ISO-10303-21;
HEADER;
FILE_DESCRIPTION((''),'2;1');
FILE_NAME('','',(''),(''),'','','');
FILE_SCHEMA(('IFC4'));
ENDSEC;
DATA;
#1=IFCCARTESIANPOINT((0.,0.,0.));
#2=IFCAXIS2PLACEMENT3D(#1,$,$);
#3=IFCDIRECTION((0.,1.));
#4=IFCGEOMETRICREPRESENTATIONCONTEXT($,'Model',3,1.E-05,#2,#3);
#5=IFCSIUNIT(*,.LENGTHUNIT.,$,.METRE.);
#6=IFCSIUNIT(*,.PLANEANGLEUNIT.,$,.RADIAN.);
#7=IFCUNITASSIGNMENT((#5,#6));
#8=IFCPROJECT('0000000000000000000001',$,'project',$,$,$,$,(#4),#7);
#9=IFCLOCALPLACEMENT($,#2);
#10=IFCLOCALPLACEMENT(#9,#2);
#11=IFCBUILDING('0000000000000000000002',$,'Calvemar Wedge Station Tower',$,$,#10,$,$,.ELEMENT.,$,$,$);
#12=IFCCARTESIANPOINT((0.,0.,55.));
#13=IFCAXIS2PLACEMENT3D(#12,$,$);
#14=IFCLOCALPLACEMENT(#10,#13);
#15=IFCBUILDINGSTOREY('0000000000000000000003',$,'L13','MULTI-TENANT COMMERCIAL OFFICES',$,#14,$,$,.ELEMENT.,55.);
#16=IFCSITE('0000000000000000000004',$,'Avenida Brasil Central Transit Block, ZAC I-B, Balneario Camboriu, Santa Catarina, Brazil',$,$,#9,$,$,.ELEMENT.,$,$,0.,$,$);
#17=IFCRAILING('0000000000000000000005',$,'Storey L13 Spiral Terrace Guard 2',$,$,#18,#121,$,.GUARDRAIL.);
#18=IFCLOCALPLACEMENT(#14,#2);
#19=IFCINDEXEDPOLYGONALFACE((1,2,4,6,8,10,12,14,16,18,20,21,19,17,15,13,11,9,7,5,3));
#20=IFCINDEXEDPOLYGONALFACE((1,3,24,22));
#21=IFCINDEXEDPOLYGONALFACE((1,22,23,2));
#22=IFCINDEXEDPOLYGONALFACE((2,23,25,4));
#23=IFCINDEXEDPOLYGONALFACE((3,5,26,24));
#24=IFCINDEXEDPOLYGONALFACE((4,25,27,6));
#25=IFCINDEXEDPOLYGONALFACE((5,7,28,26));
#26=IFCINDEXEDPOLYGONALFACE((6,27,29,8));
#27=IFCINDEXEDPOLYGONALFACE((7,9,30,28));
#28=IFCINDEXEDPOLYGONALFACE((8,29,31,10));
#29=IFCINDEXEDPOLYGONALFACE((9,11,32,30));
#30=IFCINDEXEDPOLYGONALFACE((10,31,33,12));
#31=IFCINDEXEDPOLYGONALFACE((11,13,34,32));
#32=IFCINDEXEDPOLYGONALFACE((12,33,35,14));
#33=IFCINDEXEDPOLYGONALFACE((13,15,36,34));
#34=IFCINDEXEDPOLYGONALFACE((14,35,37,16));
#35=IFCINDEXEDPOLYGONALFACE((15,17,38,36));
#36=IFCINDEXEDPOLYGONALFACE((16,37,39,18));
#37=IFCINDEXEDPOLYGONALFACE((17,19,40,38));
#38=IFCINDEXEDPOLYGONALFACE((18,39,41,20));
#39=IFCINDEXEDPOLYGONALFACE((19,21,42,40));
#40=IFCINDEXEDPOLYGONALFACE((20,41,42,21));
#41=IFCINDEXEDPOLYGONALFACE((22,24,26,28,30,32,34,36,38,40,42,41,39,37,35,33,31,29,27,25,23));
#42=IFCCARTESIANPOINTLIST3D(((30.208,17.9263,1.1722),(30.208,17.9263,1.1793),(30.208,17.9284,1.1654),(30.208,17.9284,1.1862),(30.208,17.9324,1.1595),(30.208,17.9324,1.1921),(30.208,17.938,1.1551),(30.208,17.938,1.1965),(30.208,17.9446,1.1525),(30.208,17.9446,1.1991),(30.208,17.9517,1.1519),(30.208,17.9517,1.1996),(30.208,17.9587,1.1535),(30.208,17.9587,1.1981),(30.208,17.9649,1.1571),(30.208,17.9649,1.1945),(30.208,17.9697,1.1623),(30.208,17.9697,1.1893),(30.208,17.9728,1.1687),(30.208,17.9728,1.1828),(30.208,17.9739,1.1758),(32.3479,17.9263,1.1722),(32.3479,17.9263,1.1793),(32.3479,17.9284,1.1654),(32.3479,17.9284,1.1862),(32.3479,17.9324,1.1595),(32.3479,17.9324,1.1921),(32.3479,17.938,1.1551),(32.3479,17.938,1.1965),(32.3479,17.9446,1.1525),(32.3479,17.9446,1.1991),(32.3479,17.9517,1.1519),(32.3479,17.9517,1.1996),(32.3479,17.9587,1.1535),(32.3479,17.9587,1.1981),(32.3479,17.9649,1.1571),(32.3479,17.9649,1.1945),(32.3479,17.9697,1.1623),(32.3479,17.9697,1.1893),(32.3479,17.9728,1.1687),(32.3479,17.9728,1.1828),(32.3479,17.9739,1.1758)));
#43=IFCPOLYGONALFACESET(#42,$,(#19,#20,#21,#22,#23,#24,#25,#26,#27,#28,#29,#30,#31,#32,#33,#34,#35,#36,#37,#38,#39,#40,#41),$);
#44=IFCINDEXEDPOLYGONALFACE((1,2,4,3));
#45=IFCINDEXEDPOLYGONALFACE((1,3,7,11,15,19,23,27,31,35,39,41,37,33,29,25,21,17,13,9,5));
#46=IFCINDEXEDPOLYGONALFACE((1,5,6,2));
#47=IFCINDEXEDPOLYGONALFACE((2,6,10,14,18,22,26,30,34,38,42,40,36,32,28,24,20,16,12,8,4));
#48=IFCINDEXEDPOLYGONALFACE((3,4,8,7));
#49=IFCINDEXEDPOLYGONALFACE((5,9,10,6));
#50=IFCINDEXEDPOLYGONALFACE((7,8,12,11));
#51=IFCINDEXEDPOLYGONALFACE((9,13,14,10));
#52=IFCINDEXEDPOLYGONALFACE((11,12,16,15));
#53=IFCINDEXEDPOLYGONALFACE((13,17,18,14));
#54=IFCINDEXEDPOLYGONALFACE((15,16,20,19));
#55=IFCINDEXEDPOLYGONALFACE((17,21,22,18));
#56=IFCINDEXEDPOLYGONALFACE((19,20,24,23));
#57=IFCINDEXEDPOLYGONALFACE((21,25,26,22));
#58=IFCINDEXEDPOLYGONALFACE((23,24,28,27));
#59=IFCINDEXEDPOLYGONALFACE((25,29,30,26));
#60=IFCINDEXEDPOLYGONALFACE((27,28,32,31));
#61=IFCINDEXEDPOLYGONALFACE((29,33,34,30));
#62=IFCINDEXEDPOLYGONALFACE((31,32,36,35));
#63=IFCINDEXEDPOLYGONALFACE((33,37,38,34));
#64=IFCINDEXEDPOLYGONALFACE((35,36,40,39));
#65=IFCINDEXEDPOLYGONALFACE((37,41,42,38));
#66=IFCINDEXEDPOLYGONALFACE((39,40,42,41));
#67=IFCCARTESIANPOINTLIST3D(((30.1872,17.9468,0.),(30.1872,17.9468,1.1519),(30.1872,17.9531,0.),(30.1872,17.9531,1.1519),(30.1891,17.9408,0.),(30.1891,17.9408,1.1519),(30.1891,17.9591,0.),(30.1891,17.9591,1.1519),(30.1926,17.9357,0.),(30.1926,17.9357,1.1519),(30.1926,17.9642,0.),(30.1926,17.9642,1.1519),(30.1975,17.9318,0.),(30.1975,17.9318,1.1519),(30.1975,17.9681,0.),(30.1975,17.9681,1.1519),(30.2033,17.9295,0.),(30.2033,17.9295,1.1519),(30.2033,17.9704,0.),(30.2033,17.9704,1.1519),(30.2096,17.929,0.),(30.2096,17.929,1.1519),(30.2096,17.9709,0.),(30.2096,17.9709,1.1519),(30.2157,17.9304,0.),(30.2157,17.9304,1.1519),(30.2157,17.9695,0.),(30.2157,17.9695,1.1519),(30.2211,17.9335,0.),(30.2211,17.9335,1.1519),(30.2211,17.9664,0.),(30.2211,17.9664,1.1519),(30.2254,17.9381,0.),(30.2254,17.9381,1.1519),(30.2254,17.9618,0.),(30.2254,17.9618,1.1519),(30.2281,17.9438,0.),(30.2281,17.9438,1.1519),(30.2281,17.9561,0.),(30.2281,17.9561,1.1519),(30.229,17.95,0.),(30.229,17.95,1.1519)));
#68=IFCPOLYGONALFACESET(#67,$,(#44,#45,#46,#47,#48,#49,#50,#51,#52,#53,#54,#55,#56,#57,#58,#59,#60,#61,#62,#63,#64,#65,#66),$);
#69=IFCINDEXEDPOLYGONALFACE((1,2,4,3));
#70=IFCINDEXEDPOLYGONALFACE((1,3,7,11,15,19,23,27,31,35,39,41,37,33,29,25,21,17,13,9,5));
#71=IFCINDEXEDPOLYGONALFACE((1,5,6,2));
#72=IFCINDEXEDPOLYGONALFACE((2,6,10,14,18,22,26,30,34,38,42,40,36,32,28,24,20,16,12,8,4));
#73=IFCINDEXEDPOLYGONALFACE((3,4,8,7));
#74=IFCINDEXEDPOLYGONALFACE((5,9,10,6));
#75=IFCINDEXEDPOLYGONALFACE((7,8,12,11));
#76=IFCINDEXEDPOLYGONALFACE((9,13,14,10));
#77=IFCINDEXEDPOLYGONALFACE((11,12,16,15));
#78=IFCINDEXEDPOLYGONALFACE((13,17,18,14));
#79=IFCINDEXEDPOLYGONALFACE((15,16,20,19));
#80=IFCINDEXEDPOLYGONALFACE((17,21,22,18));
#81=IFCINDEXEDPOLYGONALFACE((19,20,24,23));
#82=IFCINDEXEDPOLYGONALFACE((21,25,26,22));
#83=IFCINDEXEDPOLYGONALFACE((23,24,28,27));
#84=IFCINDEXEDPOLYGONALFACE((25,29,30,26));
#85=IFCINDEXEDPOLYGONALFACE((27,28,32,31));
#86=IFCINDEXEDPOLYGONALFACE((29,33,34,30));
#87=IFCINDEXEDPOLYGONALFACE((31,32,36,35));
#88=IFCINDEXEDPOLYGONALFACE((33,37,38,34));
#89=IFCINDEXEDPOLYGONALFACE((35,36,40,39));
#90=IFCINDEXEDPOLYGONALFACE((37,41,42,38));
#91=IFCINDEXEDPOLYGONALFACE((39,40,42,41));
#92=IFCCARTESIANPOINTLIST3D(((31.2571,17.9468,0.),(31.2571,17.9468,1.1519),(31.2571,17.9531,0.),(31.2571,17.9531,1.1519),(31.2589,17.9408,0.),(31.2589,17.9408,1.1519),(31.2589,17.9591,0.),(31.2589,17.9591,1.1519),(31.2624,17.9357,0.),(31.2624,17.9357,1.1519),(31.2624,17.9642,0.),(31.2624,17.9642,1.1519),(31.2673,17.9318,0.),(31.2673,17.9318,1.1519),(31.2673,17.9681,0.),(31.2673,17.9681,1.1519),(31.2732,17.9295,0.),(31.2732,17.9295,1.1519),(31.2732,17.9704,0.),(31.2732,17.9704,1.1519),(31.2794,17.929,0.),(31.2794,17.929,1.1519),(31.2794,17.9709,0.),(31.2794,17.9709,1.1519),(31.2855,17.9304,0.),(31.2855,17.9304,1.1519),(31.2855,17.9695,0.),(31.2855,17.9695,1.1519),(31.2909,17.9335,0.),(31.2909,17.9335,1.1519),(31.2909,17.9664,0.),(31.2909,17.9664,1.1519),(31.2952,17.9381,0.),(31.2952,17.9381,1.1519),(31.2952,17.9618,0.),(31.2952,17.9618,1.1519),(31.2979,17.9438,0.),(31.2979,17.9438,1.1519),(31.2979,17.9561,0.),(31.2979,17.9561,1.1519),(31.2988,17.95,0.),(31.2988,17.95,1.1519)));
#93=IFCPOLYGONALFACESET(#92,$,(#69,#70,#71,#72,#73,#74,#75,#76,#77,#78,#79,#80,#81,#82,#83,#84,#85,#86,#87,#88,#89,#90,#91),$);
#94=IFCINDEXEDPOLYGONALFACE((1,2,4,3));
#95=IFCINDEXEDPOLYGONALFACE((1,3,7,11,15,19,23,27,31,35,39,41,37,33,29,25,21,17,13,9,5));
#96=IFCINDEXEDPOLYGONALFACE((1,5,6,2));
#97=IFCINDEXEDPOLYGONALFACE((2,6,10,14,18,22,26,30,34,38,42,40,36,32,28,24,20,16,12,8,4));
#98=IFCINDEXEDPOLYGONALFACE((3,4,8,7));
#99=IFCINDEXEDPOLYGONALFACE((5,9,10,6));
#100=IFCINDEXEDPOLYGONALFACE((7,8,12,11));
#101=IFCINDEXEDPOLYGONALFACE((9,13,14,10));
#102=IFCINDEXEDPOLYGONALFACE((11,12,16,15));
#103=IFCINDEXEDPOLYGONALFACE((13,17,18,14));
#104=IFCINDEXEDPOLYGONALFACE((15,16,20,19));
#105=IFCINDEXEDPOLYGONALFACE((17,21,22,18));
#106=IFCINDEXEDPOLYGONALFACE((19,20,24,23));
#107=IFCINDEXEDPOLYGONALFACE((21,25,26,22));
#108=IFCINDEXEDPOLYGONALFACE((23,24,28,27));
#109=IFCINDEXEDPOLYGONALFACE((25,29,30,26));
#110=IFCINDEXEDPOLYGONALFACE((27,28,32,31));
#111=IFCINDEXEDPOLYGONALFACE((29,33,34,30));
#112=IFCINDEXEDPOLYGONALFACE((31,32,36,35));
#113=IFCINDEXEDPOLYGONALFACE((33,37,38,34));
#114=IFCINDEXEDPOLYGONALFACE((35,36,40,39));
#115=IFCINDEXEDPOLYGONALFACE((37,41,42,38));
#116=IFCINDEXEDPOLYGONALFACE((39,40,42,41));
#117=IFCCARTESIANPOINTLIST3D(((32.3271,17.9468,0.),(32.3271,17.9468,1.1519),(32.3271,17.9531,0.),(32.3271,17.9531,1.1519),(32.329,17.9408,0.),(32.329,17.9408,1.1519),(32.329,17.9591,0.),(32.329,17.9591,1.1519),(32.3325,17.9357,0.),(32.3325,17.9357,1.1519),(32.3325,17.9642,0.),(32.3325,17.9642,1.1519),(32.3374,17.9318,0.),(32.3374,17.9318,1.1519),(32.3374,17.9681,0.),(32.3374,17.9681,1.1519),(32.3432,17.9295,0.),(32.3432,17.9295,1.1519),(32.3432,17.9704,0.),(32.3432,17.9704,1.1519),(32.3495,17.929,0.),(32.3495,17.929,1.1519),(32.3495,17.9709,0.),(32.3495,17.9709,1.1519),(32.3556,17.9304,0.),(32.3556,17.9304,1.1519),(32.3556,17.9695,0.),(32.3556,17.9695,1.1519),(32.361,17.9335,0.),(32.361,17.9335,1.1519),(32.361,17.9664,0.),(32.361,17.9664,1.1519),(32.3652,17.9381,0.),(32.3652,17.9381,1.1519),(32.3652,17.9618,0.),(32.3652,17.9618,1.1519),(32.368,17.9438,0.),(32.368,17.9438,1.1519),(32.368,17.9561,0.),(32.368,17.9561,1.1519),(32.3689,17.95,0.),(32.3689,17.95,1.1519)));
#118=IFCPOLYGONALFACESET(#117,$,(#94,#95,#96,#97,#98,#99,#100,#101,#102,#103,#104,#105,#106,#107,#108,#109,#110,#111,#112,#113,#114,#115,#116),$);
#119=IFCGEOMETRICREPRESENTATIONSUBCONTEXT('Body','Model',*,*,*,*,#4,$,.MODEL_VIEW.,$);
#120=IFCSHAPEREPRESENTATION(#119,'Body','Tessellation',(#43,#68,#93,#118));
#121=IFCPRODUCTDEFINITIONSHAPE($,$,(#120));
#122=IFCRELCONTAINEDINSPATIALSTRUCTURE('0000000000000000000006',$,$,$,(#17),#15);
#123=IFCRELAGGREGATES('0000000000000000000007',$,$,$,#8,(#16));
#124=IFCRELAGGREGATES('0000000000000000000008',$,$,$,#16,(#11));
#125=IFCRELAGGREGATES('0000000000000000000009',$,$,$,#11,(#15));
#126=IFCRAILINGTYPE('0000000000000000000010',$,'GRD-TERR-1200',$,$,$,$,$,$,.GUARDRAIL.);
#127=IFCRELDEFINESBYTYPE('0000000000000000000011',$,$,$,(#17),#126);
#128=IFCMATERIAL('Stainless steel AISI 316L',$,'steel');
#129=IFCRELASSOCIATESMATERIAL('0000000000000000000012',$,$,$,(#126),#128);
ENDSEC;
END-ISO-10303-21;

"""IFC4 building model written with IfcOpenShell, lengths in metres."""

from ifc_helpers import new_model, si_unit, direction, frame, origin, origin_2d, place, context, subcontext, project, spatial, circle, extrude, material, type_object, element, save


model = new_model("IFC4")

# Units and contexts
model_context = context("Model", 3, precision=1e-05, world=origin(), true_north=direction((0.0, 1.0)))
body_context = subcontext(model_context, "Body", "Model", "MODEL_VIEW")
ifc_project = project(units=[si_unit("LENGTHUNIT", "METRE"), si_unit("PLANEANGLEUNIT", "RADIAN")], contexts=[model_context])

# Site, building, storey
site_placement = place(None, origin())
site = spatial("IfcSite", under=ifc_project, at=site_placement, Name="Avenida Brasil Central Transit Block, ZAC I-B, Balneario Camboriu, Santa Catarina, Brazil", CompositionType="ELEMENT", RefElevation=0.0)
building_placement = place(site_placement, origin())
building = spatial("IfcBuilding", under=site, at=building_placement, Name="Calvemar Wedge Station Tower", CompositionType="ELEMENT")
storey_placement = place(building_placement, frame((0.0, 0.0, 55.0)))
storey = spatial("IfcBuildingStorey", under=building, at=storey_placement, Name="L13", Description="MULTI-TENANT COMMERCIAL OFFICES", CompositionType="ELEMENT", Elevation=55.0)

# Railing
ifc_material_1 = material(Name="Stainless steel AISI 316L", Category="steel")
railing_type = type_object("IfcRailingType", Name="GRD-TERR-1200", PredefinedType="GUARDRAIL", material=ifc_material_1)
railing_1_placement = place(storey_placement, frame((30.208, 17.95, 0.0)))
element("IfcRailing", 1, at=railing_1_placement, inside=storey, type_object=railing_type, Name="Storey L13 Spiral Terrace Guard 2", PredefinedType="GUARDRAIL", context=body_context, shape_type="SweptSolid", body=[
    extrude(circle(Radius=0.0239, at=origin_2d()), frame((0.0, 0.0, 1.1758), z_axis=(1.0, 0.0, 0.0), x_axis=(0.0, 1.0, 0.0)), (0.0, 0.0, 1.0), 2.1399),
    extrude(circle(Radius=0.021, at=origin_2d()), origin(), (0.0, 0.0, 1.0), 1.1519),
    extrude(circle(Radius=0.021, at=origin_2d()), frame((1.0698, 0.0, 0.0)), (0.0, 0.0, 1.0), 1.1519),
    extrude(circle(Radius=0.021, at=origin_2d()), frame((2.1399, 0.0, 0.0)), (0.0, 0.0, 1.0), 1.1519),
])

save(model, "model.ifc")
